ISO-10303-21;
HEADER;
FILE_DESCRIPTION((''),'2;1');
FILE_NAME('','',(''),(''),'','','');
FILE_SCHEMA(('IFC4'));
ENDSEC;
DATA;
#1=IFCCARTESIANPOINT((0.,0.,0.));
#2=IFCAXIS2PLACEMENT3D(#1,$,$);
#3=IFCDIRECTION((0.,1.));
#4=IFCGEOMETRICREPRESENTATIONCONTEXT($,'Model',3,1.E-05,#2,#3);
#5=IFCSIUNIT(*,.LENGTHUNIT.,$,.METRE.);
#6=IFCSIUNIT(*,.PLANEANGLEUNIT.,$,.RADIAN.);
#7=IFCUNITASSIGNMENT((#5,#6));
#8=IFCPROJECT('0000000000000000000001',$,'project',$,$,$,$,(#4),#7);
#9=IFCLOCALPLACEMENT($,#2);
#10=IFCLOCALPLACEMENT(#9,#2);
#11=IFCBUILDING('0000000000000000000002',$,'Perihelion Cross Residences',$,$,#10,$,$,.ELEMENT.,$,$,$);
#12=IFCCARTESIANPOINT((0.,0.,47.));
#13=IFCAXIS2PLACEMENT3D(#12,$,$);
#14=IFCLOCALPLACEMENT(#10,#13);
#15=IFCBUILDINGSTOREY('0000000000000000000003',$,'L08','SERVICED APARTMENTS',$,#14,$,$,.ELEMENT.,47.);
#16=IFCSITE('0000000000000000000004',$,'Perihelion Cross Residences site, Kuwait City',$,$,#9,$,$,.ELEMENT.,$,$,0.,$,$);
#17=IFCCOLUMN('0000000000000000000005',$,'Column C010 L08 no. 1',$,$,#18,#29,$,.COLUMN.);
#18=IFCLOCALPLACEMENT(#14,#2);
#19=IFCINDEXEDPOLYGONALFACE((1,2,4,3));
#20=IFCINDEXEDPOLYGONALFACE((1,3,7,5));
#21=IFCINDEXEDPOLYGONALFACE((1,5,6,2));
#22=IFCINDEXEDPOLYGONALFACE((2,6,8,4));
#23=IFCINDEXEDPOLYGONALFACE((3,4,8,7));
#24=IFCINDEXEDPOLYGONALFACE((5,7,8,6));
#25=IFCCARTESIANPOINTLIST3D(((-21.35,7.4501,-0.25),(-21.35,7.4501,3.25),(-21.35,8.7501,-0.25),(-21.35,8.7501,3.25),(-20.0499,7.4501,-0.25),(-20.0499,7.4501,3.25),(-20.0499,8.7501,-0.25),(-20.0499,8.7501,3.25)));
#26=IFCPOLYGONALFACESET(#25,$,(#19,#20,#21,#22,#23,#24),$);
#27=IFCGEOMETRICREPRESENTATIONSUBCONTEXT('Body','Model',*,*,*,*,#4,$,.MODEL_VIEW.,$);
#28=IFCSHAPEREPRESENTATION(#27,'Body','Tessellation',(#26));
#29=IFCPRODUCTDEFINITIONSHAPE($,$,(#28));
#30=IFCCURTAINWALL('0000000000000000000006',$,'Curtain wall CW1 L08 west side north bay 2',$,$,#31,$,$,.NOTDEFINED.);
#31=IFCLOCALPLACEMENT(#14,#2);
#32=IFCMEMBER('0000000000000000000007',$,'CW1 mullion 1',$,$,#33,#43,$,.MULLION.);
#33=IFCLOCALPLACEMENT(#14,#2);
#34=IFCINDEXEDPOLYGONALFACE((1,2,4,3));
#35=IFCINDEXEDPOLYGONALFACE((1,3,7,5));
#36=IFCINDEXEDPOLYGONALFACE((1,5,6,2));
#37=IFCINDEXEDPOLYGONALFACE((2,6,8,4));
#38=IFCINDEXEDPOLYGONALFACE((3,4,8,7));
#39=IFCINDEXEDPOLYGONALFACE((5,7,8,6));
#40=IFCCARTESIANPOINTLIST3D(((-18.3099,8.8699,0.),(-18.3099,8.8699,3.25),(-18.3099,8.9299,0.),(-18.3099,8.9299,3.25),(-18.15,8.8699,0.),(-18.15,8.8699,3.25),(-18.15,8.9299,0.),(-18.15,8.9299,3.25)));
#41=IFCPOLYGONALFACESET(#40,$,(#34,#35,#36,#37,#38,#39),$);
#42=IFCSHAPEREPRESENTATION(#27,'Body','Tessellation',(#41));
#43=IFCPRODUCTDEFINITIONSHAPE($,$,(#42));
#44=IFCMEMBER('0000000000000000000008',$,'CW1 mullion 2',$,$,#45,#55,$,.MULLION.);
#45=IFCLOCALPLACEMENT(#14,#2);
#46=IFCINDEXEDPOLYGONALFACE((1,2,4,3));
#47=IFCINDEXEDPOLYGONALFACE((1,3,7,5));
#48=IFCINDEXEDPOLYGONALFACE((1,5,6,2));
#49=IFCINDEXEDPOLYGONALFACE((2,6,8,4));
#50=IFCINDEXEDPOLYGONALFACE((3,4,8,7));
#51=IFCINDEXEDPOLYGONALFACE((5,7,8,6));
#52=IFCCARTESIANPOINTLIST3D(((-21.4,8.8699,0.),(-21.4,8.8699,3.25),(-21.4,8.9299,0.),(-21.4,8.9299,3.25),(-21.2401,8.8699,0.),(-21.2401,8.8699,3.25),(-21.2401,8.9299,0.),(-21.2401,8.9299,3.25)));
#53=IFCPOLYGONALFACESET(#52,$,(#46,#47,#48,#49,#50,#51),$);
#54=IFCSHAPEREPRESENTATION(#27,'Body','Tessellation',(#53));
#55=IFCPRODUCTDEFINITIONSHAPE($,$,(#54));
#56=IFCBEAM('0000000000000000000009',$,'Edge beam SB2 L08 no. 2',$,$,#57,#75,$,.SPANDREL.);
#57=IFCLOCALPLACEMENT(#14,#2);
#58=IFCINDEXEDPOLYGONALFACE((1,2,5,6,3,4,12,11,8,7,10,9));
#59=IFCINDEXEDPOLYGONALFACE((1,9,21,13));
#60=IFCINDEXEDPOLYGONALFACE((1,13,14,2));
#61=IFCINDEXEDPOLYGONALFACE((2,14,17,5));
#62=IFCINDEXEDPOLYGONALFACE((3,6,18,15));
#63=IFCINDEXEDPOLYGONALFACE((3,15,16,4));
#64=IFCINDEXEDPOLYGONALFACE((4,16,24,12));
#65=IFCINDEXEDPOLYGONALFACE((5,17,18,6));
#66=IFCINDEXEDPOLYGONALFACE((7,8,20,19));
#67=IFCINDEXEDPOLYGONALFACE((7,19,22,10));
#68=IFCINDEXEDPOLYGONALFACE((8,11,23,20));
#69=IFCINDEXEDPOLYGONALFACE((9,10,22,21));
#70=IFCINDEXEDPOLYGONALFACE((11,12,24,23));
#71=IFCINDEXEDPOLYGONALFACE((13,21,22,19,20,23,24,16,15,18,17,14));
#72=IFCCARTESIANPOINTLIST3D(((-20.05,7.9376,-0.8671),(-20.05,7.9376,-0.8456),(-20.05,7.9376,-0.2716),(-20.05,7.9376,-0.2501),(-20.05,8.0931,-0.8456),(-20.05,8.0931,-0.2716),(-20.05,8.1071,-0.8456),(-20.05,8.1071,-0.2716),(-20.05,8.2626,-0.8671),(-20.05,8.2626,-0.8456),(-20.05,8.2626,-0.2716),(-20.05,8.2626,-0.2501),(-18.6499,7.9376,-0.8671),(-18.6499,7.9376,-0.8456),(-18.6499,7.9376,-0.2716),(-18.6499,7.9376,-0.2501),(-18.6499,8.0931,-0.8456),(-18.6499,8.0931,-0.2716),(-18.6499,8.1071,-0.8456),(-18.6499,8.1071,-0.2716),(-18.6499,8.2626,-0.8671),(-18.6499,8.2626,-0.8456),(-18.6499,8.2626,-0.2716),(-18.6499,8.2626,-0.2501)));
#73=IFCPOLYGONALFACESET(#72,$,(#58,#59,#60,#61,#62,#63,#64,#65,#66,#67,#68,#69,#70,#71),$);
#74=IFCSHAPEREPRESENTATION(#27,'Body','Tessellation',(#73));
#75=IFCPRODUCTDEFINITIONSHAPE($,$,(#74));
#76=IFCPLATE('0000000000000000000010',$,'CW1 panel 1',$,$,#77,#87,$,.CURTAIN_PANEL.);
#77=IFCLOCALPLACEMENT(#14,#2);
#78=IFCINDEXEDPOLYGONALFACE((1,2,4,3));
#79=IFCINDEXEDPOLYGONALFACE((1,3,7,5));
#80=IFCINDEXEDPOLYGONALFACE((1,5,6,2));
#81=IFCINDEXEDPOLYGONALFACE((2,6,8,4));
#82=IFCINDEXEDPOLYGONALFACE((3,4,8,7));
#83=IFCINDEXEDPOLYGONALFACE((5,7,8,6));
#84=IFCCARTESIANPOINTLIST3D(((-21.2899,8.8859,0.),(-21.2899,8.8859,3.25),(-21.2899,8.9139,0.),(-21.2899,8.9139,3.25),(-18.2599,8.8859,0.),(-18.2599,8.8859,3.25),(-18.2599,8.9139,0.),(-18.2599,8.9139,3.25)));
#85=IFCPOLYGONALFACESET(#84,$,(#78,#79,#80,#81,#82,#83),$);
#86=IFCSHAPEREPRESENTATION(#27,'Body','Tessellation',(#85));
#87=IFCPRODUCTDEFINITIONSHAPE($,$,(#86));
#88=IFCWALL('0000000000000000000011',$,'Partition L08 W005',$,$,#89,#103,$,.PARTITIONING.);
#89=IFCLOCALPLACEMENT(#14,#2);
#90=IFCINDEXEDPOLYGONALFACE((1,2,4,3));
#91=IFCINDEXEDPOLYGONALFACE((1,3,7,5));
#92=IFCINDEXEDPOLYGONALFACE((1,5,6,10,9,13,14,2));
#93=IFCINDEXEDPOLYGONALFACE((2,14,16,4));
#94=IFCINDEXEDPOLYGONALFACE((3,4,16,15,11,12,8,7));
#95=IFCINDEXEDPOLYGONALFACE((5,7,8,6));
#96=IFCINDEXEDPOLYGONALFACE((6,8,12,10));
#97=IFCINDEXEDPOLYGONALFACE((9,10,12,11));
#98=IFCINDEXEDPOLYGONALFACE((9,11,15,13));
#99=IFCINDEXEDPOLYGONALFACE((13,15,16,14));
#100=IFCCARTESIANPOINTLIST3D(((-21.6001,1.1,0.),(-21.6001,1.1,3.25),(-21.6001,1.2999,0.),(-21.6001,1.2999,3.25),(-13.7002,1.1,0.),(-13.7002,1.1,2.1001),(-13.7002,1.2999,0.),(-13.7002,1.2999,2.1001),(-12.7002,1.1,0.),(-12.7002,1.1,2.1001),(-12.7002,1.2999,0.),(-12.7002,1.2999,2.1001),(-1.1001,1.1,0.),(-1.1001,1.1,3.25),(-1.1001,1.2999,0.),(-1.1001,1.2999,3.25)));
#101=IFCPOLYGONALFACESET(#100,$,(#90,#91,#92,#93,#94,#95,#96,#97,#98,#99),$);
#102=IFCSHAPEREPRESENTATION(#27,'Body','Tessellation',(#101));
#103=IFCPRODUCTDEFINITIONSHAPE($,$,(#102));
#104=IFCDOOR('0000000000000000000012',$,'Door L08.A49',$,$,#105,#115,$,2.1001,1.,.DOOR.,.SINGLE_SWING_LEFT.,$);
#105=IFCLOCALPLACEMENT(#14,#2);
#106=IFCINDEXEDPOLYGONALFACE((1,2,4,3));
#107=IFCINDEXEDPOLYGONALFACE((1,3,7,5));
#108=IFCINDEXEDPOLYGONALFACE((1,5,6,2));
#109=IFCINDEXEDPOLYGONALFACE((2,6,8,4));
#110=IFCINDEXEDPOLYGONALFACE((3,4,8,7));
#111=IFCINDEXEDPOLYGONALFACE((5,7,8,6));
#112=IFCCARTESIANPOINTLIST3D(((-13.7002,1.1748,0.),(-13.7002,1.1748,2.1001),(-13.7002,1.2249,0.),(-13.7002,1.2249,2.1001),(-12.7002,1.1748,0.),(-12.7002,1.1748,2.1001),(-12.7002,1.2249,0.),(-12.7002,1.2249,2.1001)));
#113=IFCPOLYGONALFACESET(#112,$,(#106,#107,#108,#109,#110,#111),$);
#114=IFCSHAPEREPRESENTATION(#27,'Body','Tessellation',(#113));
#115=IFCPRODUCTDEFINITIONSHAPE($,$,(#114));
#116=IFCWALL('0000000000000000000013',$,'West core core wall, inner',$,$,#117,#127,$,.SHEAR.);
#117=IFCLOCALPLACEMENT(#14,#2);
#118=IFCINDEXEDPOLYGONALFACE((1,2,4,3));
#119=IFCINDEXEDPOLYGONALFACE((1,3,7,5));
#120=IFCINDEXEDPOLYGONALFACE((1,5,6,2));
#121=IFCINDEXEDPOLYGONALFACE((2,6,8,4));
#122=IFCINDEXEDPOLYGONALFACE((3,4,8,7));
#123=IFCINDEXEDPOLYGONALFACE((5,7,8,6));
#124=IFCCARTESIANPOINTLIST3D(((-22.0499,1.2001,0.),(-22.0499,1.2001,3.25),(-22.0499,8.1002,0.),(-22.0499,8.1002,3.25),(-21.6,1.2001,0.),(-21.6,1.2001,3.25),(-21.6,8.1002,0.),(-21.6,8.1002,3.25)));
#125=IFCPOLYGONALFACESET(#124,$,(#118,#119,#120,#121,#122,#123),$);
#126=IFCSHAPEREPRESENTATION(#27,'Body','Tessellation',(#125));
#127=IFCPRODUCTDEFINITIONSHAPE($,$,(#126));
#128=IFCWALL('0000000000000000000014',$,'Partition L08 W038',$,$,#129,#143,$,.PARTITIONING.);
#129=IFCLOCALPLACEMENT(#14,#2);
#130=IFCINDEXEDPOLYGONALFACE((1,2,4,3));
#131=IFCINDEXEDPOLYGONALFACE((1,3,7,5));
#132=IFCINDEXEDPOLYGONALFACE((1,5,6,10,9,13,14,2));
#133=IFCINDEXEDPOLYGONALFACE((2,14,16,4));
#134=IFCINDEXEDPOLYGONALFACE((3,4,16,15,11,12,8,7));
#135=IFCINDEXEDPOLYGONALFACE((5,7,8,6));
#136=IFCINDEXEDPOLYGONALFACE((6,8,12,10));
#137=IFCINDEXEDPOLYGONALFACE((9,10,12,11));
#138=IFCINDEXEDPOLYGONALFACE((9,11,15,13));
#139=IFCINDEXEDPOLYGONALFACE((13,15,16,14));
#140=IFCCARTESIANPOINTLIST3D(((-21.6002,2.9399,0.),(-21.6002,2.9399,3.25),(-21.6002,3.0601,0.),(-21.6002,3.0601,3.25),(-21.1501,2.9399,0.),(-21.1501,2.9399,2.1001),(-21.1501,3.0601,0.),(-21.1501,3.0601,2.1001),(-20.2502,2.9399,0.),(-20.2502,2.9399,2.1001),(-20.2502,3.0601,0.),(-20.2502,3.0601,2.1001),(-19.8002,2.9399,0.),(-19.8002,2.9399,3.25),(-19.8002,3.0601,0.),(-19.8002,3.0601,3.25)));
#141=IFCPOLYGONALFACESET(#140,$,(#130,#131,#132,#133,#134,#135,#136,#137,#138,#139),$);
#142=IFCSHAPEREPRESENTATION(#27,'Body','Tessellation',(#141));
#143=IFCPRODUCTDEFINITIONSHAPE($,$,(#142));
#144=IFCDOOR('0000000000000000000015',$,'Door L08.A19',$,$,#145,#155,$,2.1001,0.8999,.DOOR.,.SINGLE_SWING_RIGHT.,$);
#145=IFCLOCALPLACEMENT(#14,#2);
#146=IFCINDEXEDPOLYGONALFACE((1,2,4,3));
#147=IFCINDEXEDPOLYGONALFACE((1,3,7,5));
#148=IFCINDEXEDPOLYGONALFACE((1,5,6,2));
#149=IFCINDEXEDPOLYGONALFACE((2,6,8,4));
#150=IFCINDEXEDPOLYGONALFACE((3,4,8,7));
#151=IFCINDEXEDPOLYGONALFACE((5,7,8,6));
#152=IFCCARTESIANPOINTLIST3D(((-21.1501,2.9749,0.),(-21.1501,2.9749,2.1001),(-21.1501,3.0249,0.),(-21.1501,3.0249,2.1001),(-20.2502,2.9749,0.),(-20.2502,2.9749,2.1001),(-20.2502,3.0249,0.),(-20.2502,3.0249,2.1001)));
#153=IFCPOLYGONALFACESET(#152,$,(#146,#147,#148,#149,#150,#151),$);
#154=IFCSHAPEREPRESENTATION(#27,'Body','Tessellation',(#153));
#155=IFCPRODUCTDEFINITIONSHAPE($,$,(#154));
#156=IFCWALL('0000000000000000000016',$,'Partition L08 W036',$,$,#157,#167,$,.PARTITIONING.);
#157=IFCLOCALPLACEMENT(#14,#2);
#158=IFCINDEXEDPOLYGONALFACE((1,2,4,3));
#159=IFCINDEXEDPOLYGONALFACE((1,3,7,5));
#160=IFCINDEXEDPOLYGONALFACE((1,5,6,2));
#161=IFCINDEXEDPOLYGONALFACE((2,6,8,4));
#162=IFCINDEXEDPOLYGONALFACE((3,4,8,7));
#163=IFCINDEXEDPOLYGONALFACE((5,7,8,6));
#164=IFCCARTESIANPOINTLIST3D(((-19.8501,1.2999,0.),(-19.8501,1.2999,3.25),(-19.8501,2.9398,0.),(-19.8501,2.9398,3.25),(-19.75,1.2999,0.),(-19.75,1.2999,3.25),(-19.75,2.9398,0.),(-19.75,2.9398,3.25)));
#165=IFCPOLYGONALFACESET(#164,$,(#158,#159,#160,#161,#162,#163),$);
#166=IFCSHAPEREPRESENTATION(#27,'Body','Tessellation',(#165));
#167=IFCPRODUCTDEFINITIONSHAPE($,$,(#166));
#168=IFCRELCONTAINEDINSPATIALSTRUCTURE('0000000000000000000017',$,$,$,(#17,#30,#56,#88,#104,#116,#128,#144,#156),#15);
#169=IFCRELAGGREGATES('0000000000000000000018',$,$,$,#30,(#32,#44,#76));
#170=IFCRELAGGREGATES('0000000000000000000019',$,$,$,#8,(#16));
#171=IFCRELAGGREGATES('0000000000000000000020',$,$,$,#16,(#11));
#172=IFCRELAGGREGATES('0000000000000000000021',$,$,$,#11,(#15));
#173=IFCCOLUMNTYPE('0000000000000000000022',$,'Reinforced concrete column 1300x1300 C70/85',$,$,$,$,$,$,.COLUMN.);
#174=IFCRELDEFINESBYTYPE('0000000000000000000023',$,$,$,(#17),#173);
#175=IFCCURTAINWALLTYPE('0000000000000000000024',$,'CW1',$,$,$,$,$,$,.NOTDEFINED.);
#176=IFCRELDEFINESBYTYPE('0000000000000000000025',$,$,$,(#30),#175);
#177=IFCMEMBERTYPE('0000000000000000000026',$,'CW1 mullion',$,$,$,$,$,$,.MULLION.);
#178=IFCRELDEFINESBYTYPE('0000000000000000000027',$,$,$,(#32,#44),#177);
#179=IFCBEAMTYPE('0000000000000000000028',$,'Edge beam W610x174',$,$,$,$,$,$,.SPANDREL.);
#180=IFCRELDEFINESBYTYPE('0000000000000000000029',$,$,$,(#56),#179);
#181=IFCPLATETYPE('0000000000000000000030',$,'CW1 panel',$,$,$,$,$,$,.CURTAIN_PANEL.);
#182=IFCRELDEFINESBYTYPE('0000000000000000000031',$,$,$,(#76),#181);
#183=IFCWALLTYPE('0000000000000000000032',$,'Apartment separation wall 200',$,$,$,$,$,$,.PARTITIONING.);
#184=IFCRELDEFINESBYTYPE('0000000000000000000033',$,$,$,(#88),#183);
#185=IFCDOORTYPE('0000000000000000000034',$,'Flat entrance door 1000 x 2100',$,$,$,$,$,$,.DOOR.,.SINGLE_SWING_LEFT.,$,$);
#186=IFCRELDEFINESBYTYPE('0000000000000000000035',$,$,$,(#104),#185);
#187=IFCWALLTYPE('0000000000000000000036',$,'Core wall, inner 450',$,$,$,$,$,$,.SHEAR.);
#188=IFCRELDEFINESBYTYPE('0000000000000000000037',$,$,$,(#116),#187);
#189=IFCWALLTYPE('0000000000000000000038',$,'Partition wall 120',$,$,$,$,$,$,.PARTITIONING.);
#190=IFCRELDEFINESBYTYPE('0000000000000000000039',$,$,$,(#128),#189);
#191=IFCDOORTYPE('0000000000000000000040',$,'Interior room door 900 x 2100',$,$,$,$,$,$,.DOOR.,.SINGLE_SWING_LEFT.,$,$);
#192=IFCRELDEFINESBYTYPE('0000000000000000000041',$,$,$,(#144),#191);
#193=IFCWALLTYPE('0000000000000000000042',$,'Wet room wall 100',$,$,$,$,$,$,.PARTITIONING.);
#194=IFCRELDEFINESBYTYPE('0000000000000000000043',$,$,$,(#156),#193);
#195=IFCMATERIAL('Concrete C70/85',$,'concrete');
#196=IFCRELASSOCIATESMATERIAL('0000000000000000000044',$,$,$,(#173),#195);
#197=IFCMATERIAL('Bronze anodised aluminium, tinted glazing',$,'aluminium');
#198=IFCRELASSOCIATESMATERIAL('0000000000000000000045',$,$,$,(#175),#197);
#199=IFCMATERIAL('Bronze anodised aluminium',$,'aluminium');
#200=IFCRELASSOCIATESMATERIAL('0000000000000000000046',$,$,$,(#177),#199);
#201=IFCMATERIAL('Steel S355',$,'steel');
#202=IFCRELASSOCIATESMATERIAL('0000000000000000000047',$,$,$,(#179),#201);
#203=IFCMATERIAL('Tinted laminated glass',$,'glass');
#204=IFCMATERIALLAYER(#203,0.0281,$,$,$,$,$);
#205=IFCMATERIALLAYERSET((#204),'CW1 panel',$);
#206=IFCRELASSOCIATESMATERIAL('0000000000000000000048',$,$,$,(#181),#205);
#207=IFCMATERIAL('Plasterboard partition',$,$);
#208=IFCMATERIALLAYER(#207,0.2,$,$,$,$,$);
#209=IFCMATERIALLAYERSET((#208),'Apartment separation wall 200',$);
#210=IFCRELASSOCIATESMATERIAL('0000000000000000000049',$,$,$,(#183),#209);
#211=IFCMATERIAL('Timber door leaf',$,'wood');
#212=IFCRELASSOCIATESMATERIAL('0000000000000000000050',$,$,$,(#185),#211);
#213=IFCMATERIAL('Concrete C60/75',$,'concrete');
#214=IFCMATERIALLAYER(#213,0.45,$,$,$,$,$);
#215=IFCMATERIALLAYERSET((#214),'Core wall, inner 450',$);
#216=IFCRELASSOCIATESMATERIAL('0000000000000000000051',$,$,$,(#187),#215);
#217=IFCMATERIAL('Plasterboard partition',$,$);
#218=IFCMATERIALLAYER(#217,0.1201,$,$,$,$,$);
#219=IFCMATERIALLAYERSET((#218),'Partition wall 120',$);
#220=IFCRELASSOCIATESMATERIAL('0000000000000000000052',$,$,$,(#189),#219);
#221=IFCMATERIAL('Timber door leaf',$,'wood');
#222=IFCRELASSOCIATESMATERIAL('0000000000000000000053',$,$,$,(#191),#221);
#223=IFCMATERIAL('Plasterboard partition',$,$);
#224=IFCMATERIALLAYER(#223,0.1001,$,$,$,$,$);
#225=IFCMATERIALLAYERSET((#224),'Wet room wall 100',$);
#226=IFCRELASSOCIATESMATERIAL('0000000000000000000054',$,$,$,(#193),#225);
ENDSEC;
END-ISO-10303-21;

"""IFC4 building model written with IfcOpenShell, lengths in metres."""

from ifc_helpers import new_model, si_unit, direction, frame, frame_2d, origin, origin_2d, place, context, subcontext, project, spatial, rectangle, i_section, extrude, material, layer, layer_set, material_profile, profile_set, type_object, element, fill, aggregate, save


model = new_model("IFC4")

# Units and contexts
model_context = context("Model", 3, precision=1e-05, world=origin(), true_north=direction((0.0, 1.0)))
body_context = subcontext(model_context, "Body", "Model", "MODEL_VIEW")
ifc_project = project(units=[si_unit("LENGTHUNIT", "METRE"), si_unit("PLANEANGLEUNIT", "RADIAN")], contexts=[model_context])

# Site, building, storey
site_placement = place(None, origin())
site = spatial("IfcSite", under=ifc_project, at=site_placement, Name="Perihelion Cross Residences site, Kuwait City", CompositionType="ELEMENT", RefElevation=0.0)
building_placement = place(site_placement, origin())
building = spatial("IfcBuilding", under=site, at=building_placement, Name="Perihelion Cross Residences", CompositionType="ELEMENT")
storey_placement = place(building_placement, frame((0.0, 0.0, 47.0)))
storey = spatial("IfcBuildingStorey", under=building, at=storey_placement, Name="L08", Description="SERVICED APARTMENTS", CompositionType="ELEMENT", Elevation=47.0)

# Column
ifc_material_1 = material(Name="Concrete C70/85", Category="concrete")
ifc_material_profile_1 = material_profile(ifc_material_1, rectangle(XDim=1.3, YDim=1.3, at=origin_2d()), Name="RC 1300x1300")
ifc_profile_set_1 = profile_set([ifc_material_profile_1], Name="Concrete C70/85")
column_type = type_object("IfcColumnType", Name="Reinforced concrete column 1300x1300 C70/85", PredefinedType="COLUMN", material=ifc_profile_set_1)
column_placement = place(storey_placement, frame((-20.7, 8.1001, -0.25), z_axis=(0.0, 0.0, 1.0), x_axis=(1.0, 0.0, 0.0)))
element("IfcColumn", 1, at=column_placement, inside=storey, type_object=column_type, Name="Column C010 L08 no. 1", PredefinedType="COLUMN", context=body_context, shape_type="SweptSolid", body=[
    extrude(rectangle(XDim=1.3, YDim=1.3, at=origin_2d()), origin(), (0.0, 0.0, 1.0), 3.5),
])

# Curtain wall, members
ifc_material_2 = material(Name="Bronze anodised aluminium, tinted glazing", Category="aluminium")
curtain_wall_type = type_object("IfcCurtainWallType", Name="CW1", PredefinedType="NOTDEFINED", material=ifc_material_2)
curtain_wall_placement = place(storey_placement, origin())
curtain_wall = element("IfcCurtainWall", 2, at=curtain_wall_placement, inside=storey, type_object=curtain_wall_type, Name="Curtain wall CW1 L08 west side north bay 2", PredefinedType="NOTDEFINED")
ifc_material_3 = material(Name="Bronze anodised aluminium", Category="aluminium")
ifc_material_profile_2 = material_profile(ifc_material_3, rectangle(XDim=0.0601, YDim=0.1599, at=origin_2d()), Name="CW1 mullion")
ifc_profile_set_2 = profile_set([ifc_material_profile_2], Name="Bronze anodised aluminium")
member_type = type_object("IfcMemberType", Name="CW1 mullion", PredefinedType="MULLION", material=ifc_profile_set_2)
member_1_placement = place(storey_placement, frame((-18.23, 8.8999, 0.0), z_axis=(0.0, 0.0, 1.0), x_axis=(0.0, -1.0, 0.0)))
member_1 = element("IfcMember", 3, at=member_1_placement, type_object=member_type, Name="CW1 mullion 1", PredefinedType="MULLION", context=body_context, shape_type="SweptSolid", body=[
    extrude(rectangle(XDim=0.0601, YDim=0.1599, at=origin_2d()), origin(), (0.0, 0.0, 1.0), 3.25),
])
member_2_placement = place(storey_placement, frame((-21.3201, 8.8999, 0.0), z_axis=(0.0, 0.0, 1.0), x_axis=(0.0, -1.0, 0.0)))
member_2 = element("IfcMember", 4, at=member_2_placement, type_object=member_type, Name="CW1 mullion 2", PredefinedType="MULLION", context=body_context, shape_type="SweptSolid", body=[
    extrude(rectangle(XDim=0.0601, YDim=0.1599, at=origin_2d()), origin(), (0.0, 0.0, 1.0), 3.25),
])

# Beam
ifc_material_4 = material(Name="Steel S355", Category="steel")
ifc_material_profile_3 = material_profile(ifc_material_4, i_section(OverallWidth=0.325, OverallDepth=0.6169, WebThickness=0.0139, FlangeThickness=0.0215, at=origin_2d()), Name="W610x174")
ifc_profile_set_3 = profile_set([ifc_material_profile_3], Name="Steel S355")
beam_type = type_object("IfcBeamType", Name="Edge beam W610x174", PredefinedType="SPANDREL", material=ifc_profile_set_3)
beam_placement = place(storey_placement, frame((-18.6499, 8.1001, -0.5586), z_axis=(-1.0, 0.0, 0.0), x_axis=(0.0, -1.0, 0.0)))
element("IfcBeam", 5, at=beam_placement, inside=storey, type_object=beam_type, Name="Edge beam SB2 L08 no. 2", PredefinedType="SPANDREL", context=body_context, shape_type="SweptSolid", body=[
    extrude(i_section(OverallWidth=0.325, OverallDepth=0.6169, WebThickness=0.0139, FlangeThickness=0.0215, at=origin_2d()), origin(), (0.0, 0.0, 1.0), 1.4001),
])

# Plate
ifc_material_5 = material(Name="Tinted laminated glass", Category="glass")
ifc_layer_1 = layer(ifc_material_5, 0.0281)
ifc_layer_set_1 = layer_set([ifc_layer_1], Name="CW1 panel")
plate_type = type_object("IfcPlateType", Name="CW1 panel", PredefinedType="CURTAIN_PANEL", material=ifc_layer_set_1)
plate_placement = place(storey_placement, frame((-19.7749, 8.8999, 0.0), z_axis=(0.0, 0.0, 1.0), x_axis=(-1.0, 0.0, 0.0)))
plate = element("IfcPlate", 6, at=plate_placement, type_object=plate_type, Name="CW1 panel 1", PredefinedType="CURTAIN_PANEL", context=body_context, shape_type="SweptSolid", body=[
    extrude(rectangle(XDim=3.03, YDim=0.0281, at=origin_2d()), origin(), (0.0, 0.0, 1.0), 3.25),
])
aggregate(curtain_wall, [member_1, member_2, plate])

# Wall, opening, door
ifc_material_6 = material(Name="Plasterboard partition")
ifc_layer_2 = layer(ifc_material_6, 0.2)
ifc_layer_set_2 = layer_set([ifc_layer_2], Name="Apartment separation wall 200")
wall_type_1 = type_object("IfcWallType", Name="Apartment separation wall 200", PredefinedType="PARTITIONING", material=ifc_layer_set_2)
wall_1_placement = place(storey_placement, frame((-21.6001, 1.2, 0.0), z_axis=(0.0, 0.0, 1.0), x_axis=(1.0, 0.0, 0.0)))
wall_1 = element("IfcWall", 7, at=wall_1_placement, inside=storey, type_object=wall_type_1, Name="Partition L08 W005", PredefinedType="PARTITIONING", context=body_context, shape_type="SweptSolid", body=[
    extrude(rectangle(XDim=20.5, YDim=0.2, at=frame_2d((10.25, 0.0))), origin(), (0.0, 0.0, 1.0), 3.25),
])
opening_1_placement = place(wall_1_placement, frame((7.8999, 0.0, 0.0)))
opening_1 = element("IfcOpeningElement", 8, at=opening_1_placement, cuts=wall_1, PredefinedType="OPENING", context=body_context, shape_type="SweptSolid", body=[
    extrude(rectangle(XDim=1.0, YDim=2.1001, at=frame_2d((0.5, 1.05))), frame((0.0, 0.1099, 0.0), z_axis=(0.0, -1.0, 0.0), x_axis=(1.0, 0.0, 0.0)), (0.0, 0.0, 1.0), 0.22),
])
ifc_material_7 = material(Name="Timber door leaf", Category="wood")
door_type_1 = type_object("IfcDoorType", Name="Flat entrance door 1000 x 2100", OperationType="SINGLE_SWING_LEFT", PredefinedType="DOOR", material=ifc_material_7)
door_1_placement = place(opening_1_placement, origin())
door_1 = element("IfcDoor", 9, at=door_1_placement, inside=storey, type_object=door_type_1, Name="Door L08.A49", OperationType="SINGLE_SWING_LEFT", OverallHeight=2.1001, OverallWidth=1.0, PredefinedType="DOOR", context=body_context, shape_type="SweptSolid", body=[
    extrude(rectangle(XDim=1.0, YDim=2.1001, at=frame_2d((0.5, 1.05))), frame((0.0, 0.0249, 0.0), z_axis=(0.0, -1.0, 0.0), x_axis=(1.0, 0.0, 0.0)), (0.0, 0.0, 1.0), 0.05),
])
fill(opening_1, door_1)

# Wall
ifc_material_8 = material(Name="Concrete C60/75", Category="concrete")
ifc_layer_3 = layer(ifc_material_8, 0.45)
ifc_layer_set_3 = layer_set([ifc_layer_3], Name="Core wall, inner 450")
wall_type_2 = type_object("IfcWallType", Name="Core wall, inner 450", PredefinedType="SHEAR", material=ifc_layer_set_3)
wall_2_placement = place(storey_placement, frame((-21.825, 1.2, 0.0), z_axis=(0.0, 0.0, 1.0), x_axis=(0.0, 1.0, 0.0)))
element("IfcWall", 10, at=wall_2_placement, inside=storey, type_object=wall_type_2, Name="West core core wall, inner", PredefinedType="SHEAR", context=body_context, shape_type="SweptSolid", body=[
    extrude(rectangle(XDim=6.9001, YDim=0.45, at=frame_2d((3.4502, 0.0))), origin(), (0.0, 0.0, 1.0), 3.25),
])

# Wall, opening, door
ifc_material_9 = material(Name="Plasterboard partition")
ifc_layer_4 = layer(ifc_material_9, 0.1201)
ifc_layer_set_4 = layer_set([ifc_layer_4], Name="Partition wall 120")
wall_type_3 = type_object("IfcWallType", Name="Partition wall 120", PredefinedType="PARTITIONING", material=ifc_layer_set_4)
wall_3_placement = place(storey_placement, frame((-21.6001, 3.0, 0.0), z_axis=(0.0, 0.0, 1.0), x_axis=(1.0, 0.0, 0.0)))
wall_3 = element("IfcWall", 11, at=wall_3_placement, inside=storey, type_object=wall_type_3, Name="Partition L08 W038", PredefinedType="PARTITIONING", context=body_context, shape_type="SweptSolid", body=[
    extrude(rectangle(XDim=1.8, YDim=0.1201, at=frame_2d((0.8999, 0.0))), origin(), (0.0, 0.0, 1.0), 3.25),
])
opening_2_placement = place(wall_3_placement, frame((0.45, 0.0, 0.0)))
opening_2 = element("IfcOpeningElement", 12, at=opening_2_placement, cuts=wall_3, PredefinedType="OPENING", context=body_context, shape_type="SweptSolid", body=[
    extrude(rectangle(XDim=0.8999, YDim=2.1001, at=frame_2d((0.45, 1.05))), frame((0.0, 0.0701, 0.0), z_axis=(0.0, -1.0, 0.0), x_axis=(1.0, 0.0, 0.0)), (0.0, 0.0, 1.0), 0.1401),
])
ifc_material_10 = material(Name="Timber door leaf", Category="wood")
door_type_2 = type_object("IfcDoorType", Name="Interior room door 900 x 2100", OperationType="SINGLE_SWING_LEFT", PredefinedType="DOOR", material=ifc_material_10)
door_2_placement = place(opening_2_placement, origin())
door_2 = element("IfcDoor", 13, at=door_2_placement, inside=storey, type_object=door_type_2, Name="Door L08.A19", OperationType="SINGLE_SWING_RIGHT", OverallHeight=2.1001, OverallWidth=0.8999, PredefinedType="DOOR", context=body_context, shape_type="SweptSolid", body=[
    extrude(rectangle(XDim=0.8999, YDim=2.1001, at=frame_2d((0.45, 1.05))), frame((0.0, 0.0249, 0.0), z_axis=(0.0, -1.0, 0.0), x_axis=(1.0, 0.0, 0.0)), (0.0, 0.0, 1.0), 0.05),
])
fill(opening_2, door_2)

# Wall
ifc_material_11 = material(Name="Plasterboard partition")
ifc_layer_5 = layer(ifc_material_11, 0.1001)
ifc_layer_set_5 = layer_set([ifc_layer_5], Name="Wet room wall 100")
wall_type_4 = type_object("IfcWallType", Name="Wet room wall 100", PredefinedType="PARTITIONING", material=ifc_layer_set_5)
wall_4_placement = place(storey_placement, frame((-19.8, 1.3, 0.0), z_axis=(0.0, 0.0, 1.0), x_axis=(0.0, 1.0, 0.0)))
element("IfcWall", 14, at=wall_4_placement, inside=storey, type_object=wall_type_4, Name="Partition L08 W036", PredefinedType="PARTITIONING", context=body_context, shape_type="SweptSolid", body=[
    extrude(rectangle(XDim=1.6399, YDim=0.1001, at=frame_2d((0.8198, 0.0))), origin(), (0.0, 0.0, 1.0), 3.25),
])

save(model, "model.ifc")
